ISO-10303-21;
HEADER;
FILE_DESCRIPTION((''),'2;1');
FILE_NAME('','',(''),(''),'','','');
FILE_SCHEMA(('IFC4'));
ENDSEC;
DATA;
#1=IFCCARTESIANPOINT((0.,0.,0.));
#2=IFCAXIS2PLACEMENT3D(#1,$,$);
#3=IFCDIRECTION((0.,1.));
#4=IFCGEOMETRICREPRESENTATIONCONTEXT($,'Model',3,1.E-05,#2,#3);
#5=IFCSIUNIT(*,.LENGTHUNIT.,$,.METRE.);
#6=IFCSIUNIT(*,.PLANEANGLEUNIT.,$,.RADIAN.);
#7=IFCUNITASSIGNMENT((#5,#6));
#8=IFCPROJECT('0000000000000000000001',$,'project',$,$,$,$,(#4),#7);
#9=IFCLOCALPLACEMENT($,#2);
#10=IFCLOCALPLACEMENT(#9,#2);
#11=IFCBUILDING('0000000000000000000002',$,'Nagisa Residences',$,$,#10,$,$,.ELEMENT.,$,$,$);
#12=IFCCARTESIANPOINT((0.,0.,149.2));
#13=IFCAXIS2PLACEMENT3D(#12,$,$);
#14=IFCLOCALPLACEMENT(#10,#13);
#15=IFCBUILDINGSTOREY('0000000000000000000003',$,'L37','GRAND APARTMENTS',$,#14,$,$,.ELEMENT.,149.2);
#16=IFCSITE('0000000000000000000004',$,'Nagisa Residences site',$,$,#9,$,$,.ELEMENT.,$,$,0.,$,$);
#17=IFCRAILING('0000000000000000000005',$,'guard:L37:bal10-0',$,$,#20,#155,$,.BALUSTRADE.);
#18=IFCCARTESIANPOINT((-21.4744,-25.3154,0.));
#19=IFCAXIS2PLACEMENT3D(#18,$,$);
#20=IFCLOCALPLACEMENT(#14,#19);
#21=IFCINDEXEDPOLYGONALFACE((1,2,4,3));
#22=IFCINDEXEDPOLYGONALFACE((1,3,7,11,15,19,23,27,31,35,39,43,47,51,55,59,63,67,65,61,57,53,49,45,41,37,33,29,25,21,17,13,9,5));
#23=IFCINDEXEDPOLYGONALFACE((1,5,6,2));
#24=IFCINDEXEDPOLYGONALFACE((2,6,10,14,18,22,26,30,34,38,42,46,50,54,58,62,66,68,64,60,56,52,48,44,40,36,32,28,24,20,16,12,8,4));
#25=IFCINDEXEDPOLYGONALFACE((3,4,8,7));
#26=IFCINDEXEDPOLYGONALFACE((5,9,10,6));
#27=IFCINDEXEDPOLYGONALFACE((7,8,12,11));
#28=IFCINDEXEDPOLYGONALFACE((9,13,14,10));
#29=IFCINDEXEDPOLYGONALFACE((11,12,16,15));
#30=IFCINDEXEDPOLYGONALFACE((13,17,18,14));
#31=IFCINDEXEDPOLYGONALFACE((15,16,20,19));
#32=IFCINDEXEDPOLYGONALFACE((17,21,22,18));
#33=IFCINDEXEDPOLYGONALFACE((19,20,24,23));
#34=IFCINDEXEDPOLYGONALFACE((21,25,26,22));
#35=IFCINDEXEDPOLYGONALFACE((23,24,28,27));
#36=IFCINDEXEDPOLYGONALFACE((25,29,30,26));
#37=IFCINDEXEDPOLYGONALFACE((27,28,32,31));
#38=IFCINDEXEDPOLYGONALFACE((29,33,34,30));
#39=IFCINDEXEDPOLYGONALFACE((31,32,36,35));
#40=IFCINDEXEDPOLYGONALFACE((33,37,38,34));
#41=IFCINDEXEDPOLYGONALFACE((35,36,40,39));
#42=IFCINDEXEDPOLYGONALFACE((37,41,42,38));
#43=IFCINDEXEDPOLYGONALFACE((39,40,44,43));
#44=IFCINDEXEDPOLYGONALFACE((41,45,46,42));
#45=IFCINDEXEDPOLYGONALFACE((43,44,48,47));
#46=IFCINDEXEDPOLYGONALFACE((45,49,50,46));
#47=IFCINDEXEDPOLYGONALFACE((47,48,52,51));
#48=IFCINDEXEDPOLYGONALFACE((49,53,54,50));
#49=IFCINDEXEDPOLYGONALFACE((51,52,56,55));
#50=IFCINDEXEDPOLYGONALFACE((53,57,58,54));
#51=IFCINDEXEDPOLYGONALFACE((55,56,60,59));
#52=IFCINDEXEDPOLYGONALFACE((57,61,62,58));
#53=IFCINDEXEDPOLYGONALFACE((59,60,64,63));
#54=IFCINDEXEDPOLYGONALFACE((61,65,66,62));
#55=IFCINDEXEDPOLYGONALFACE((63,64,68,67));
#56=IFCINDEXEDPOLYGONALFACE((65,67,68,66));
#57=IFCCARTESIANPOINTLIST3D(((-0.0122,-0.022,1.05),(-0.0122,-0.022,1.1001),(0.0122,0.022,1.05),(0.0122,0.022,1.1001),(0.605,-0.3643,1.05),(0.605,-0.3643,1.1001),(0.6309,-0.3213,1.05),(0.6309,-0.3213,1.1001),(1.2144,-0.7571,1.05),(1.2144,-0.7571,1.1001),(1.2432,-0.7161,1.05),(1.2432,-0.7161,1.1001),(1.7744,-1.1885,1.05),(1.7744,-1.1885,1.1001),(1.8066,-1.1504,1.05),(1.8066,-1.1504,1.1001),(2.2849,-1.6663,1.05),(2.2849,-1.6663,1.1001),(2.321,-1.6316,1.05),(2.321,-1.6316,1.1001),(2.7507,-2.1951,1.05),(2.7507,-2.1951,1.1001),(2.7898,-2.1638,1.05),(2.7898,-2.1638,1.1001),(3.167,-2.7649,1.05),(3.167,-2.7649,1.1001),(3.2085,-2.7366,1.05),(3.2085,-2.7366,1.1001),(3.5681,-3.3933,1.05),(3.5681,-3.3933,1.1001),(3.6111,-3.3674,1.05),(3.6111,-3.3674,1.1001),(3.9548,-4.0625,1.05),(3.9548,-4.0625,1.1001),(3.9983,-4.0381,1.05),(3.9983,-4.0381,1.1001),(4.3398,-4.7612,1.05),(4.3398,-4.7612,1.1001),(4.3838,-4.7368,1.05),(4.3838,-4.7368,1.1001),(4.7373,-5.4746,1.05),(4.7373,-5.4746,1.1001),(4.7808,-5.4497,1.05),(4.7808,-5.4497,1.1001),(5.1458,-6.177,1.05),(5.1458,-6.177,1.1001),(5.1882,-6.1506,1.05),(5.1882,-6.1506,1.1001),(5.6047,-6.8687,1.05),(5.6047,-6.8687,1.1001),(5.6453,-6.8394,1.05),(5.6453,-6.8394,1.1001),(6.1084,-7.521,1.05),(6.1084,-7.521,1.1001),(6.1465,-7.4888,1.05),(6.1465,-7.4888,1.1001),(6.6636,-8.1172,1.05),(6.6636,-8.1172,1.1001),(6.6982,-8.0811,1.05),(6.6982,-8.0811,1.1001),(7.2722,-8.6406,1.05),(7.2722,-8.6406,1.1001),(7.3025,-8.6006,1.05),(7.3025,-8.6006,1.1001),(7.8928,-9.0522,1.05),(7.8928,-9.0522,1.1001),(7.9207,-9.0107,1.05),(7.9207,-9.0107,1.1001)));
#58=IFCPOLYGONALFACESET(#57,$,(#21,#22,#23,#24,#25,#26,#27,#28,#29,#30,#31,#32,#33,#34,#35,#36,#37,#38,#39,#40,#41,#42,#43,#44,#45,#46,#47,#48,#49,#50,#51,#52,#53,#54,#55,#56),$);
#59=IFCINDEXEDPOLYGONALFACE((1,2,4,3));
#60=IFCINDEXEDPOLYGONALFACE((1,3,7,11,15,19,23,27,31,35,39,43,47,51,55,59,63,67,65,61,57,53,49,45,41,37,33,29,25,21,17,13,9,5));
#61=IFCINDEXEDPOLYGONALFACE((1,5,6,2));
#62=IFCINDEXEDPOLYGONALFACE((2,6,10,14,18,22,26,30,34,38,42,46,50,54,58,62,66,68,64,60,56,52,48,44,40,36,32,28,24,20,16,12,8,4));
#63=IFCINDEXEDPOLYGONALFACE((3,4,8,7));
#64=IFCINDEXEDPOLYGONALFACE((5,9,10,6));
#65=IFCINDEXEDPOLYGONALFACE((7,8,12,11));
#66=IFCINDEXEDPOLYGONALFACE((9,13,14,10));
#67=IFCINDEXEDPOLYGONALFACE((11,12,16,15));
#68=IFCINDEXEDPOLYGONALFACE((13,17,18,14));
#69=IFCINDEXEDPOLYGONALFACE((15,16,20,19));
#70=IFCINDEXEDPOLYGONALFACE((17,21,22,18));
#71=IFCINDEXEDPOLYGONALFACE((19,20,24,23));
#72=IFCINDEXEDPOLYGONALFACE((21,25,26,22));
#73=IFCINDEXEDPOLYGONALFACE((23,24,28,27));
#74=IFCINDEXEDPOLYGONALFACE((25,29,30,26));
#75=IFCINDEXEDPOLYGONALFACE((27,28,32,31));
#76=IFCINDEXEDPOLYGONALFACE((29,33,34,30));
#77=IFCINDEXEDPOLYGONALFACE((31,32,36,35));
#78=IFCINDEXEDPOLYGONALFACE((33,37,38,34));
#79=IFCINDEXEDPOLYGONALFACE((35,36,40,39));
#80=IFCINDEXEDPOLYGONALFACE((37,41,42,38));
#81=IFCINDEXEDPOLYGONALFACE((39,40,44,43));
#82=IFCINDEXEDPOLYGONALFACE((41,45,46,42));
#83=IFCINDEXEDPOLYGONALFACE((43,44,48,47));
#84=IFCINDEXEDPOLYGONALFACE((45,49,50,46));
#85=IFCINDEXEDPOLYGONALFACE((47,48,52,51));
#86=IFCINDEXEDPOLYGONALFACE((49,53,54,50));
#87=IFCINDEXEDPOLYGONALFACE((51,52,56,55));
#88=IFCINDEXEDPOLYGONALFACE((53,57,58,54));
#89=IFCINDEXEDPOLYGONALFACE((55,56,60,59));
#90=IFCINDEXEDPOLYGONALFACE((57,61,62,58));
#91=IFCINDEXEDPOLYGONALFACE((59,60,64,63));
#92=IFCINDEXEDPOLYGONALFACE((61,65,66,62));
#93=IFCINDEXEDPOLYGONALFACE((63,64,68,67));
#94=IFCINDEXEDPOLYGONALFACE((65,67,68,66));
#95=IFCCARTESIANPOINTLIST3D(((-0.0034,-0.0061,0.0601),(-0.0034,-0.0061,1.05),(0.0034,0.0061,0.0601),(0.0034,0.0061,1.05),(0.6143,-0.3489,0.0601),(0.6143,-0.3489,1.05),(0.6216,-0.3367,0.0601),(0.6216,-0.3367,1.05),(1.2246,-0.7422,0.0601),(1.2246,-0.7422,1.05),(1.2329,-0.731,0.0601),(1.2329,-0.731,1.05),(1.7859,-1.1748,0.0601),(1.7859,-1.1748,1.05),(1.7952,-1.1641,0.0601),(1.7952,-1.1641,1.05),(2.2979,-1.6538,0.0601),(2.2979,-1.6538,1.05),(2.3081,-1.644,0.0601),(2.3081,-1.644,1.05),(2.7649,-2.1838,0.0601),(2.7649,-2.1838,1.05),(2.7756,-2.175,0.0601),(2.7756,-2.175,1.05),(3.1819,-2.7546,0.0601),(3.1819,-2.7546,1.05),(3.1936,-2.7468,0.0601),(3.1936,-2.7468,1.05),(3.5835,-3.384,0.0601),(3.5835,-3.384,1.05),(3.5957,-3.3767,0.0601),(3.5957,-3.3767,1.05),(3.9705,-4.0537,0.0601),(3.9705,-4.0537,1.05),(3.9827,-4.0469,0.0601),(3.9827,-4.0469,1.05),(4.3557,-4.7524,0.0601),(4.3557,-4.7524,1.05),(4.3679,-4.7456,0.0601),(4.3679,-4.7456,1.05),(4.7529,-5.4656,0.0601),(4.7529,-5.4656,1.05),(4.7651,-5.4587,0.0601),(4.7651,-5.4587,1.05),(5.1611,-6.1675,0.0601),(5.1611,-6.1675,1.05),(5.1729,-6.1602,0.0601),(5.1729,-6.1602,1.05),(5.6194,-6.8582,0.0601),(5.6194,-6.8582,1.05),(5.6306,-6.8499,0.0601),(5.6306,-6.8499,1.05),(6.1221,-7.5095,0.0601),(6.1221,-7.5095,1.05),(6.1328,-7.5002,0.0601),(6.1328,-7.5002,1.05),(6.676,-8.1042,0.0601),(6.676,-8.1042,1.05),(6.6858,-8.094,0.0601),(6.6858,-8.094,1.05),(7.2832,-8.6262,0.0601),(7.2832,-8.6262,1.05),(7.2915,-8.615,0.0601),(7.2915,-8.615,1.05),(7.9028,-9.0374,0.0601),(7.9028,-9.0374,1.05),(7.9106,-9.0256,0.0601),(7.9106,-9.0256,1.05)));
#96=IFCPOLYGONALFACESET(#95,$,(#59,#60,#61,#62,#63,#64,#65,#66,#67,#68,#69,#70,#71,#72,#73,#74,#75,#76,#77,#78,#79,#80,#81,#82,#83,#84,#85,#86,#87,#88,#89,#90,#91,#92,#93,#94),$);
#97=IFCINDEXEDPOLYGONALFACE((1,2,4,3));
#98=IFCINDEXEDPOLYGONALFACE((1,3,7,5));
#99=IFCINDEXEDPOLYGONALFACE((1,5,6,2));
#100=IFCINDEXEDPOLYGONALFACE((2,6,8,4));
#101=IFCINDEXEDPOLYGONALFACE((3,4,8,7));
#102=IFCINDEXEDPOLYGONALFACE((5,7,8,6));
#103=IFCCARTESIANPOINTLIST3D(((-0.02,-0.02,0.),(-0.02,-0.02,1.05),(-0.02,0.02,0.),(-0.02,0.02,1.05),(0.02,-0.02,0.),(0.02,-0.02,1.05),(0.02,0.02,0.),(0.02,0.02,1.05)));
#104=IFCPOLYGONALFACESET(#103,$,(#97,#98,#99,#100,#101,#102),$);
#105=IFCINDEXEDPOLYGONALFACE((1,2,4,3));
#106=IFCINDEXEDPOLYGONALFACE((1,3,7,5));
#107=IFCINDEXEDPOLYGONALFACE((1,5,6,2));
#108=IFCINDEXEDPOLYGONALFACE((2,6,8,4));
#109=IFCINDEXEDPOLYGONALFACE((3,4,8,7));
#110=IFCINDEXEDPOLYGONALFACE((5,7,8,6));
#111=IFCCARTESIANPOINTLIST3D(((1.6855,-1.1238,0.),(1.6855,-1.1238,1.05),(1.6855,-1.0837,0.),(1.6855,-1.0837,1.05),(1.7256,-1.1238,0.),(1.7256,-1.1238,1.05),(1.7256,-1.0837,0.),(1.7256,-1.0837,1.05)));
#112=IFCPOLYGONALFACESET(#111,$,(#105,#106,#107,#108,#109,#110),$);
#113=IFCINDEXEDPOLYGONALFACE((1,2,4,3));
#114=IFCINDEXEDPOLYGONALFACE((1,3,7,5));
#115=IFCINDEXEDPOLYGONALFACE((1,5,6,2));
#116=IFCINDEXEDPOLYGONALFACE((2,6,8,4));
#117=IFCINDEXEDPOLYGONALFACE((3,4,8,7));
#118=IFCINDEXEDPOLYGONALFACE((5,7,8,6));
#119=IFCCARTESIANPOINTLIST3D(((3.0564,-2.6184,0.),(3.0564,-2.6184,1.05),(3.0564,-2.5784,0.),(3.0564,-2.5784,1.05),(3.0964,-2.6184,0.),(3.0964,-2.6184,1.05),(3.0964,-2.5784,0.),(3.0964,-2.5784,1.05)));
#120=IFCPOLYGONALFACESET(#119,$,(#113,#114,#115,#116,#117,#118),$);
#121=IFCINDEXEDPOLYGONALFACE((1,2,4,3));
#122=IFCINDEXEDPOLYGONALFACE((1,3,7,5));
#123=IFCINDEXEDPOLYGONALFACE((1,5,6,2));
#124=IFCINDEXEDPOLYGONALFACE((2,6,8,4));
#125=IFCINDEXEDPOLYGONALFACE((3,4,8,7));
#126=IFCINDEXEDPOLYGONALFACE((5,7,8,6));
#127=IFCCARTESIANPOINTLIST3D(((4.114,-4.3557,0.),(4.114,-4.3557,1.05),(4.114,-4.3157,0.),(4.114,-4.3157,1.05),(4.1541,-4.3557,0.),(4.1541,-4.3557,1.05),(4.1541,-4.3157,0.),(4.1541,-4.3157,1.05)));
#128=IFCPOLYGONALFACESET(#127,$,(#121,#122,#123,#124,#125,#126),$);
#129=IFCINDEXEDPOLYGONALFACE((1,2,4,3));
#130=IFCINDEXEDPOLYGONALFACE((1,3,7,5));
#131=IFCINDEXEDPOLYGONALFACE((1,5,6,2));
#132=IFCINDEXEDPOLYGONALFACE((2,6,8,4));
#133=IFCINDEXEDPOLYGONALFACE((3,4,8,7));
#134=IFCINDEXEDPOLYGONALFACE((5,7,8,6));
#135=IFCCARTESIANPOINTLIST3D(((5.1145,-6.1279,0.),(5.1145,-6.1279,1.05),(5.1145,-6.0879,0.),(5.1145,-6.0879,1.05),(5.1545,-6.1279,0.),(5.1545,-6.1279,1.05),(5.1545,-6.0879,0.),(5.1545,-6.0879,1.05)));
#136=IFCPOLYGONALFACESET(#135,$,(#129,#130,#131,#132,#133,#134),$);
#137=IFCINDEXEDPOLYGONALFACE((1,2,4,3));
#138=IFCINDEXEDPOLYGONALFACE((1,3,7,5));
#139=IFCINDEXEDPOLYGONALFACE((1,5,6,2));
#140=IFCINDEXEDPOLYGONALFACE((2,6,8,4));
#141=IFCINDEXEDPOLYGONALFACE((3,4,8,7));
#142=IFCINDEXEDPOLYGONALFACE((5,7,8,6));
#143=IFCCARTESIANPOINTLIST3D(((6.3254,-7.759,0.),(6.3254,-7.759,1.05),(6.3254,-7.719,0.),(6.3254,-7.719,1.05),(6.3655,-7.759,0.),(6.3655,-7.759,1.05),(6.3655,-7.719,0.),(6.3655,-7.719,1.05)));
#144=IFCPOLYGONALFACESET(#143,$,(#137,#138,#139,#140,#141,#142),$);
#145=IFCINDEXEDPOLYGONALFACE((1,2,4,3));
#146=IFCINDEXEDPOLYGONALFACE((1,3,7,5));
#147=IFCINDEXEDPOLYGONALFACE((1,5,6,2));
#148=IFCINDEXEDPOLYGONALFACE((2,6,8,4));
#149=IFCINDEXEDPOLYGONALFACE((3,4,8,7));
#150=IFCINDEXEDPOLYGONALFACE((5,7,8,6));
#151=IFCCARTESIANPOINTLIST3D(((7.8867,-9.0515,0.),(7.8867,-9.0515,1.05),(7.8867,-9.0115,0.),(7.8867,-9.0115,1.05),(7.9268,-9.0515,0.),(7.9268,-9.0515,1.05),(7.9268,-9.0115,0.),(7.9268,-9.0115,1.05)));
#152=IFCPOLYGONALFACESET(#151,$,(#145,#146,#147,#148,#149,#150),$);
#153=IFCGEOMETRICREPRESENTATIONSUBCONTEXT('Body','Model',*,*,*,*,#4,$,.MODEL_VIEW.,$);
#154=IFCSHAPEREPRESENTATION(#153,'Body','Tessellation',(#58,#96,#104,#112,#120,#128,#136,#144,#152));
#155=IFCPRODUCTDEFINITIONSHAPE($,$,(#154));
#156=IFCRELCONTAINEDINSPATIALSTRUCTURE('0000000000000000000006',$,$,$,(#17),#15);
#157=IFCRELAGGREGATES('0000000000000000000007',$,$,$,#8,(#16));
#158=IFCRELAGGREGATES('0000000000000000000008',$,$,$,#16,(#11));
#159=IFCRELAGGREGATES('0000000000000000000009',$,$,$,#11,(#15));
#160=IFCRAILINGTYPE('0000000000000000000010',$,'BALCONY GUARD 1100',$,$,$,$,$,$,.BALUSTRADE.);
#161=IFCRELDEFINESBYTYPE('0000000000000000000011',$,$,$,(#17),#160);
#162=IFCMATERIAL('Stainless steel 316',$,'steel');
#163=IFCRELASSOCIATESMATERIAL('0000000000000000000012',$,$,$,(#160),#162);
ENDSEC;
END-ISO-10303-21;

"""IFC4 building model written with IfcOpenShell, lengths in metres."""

from ifc_helpers import new_model, si_unit, direction, frame, origin, origin_2d, place, context, subcontext, project, spatial, polyline, rectangle, outline, extrude, material, type_object, element, save


model = new_model("IFC4")

# Units and contexts
model_context = context("Model", 3, precision=1e-05, world=origin(), true_north=direction((0.0, 1.0)))
body_context = subcontext(model_context, "Body", "Model", "MODEL_VIEW")
ifc_project = project(units=[si_unit("LENGTHUNIT", "METRE"), si_unit("PLANEANGLEUNIT", "RADIAN")], contexts=[model_context])

# Site, building, storey
site_placement = place(None, origin())
site = spatial("IfcSite", under=ifc_project, at=site_placement, Name="Nagisa Residences site", CompositionType="ELEMENT", RefElevation=0.0)
building_placement = place(site_placement, origin())
building = spatial("IfcBuilding", under=site, at=building_placement, Name="Nagisa Residences", CompositionType="ELEMENT")
storey_placement = place(building_placement, frame((0.0, 0.0, 149.2)))
storey = spatial("IfcBuildingStorey", under=building, at=storey_placement, Name="L37", Description="GRAND APARTMENTS", CompositionType="ELEMENT", Elevation=149.2)

# Railing
ifc_material_1 = material(Name="Stainless steel 316", Category="steel")
railing_type = type_object("IfcRailingType", Name="BALCONY GUARD 1100", PredefinedType="BALUSTRADE", material=ifc_material_1)
railing_1_placement = place(storey_placement, frame((-21.4744, -25.3154, 0.0)))
element("IfcRailing", 1, at=railing_1_placement, inside=storey, type_object=railing_type, Name="guard:L37:bal10-0", PredefinedType="BALUSTRADE", context=body_context, shape_type="SweptSolid", body=[
    extrude(outline(polyline([(0.6309, -0.3213), (0.0122, 0.022), (-0.0122, -0.022), (0.605, -0.3643), (1.2144, -0.7571), (1.7744, -1.1885), (2.2849, -1.6663), (2.7507, -2.1951), (3.167, -2.7649), (3.5681, -3.3933), (3.9548, -4.0625), (4.3398, -4.7612), (4.7373, -5.4746), (5.1458, -6.177), (5.6047, -6.8687), (6.1084, -7.521), (6.6636, -8.1172), (7.2722, -8.6406), (7.8928, -9.0522), (7.9207, -9.0107), (7.3025, -8.6006), (6.6982, -8.0811), (6.1465, -7.4888), (5.6453, -6.8394), (5.1882, -6.1506), (4.7808, -5.4497), (4.3838, -4.7368), (3.9983, -4.0381), (3.6111, -3.3674), (3.2085, -2.7366), (2.7898, -2.1638), (2.321, -1.6316), (1.8066, -1.1504), (1.2432, -0.7161), (0.6309, -0.3213)])), frame((0.0, 0.0, 1.05)), (0.0, 0.0, 1.0), 0.05),
    extrude(outline(polyline([(0.6216, -0.3367), (0.0034, 0.0061), (-0.0034, -0.0061), (0.6143, -0.3489), (1.2246, -0.7422), (1.7859, -1.1748), (2.2979, -1.6538), (2.7649, -2.1838), (3.1819, -2.7546), (3.5835, -3.384), (3.9705, -4.0537), (4.3557, -4.7524), (4.7529, -5.4656), (5.1611, -6.1675), (5.6194, -6.8582), (6.1221, -7.5095), (6.676, -8.1042), (7.2832, -8.6262), (7.9028, -9.0374), (7.9106, -9.0256), (7.2915, -8.615), (6.6858, -8.094), (6.1328, -7.5002), (5.6306, -6.8499), (5.1729, -6.1602), (4.7651, -5.4587), (4.3679, -4.7456), (3.9827, -4.0469), (3.5957, -3.3767), (3.1936, -2.7468), (2.7756, -2.175), (2.3081, -1.644), (1.7952, -1.1641), (1.2329, -0.731), (0.6216, -0.3367)])), frame((0.0, 0.0, 0.0601)), (0.0, 0.0, 1.0), 0.99),
    extrude(rectangle(XDim=0.04, YDim=0.04, at=origin_2d()), origin(), (0.0, 0.0, 1.0), 1.05),
    extrude(rectangle(XDim=0.04, YDim=0.04, at=origin_2d()), frame((1.7056, -1.1038, 0.0)), (0.0, 0.0, 1.0), 1.05),
    extrude(rectangle(XDim=0.04, YDim=0.04, at=origin_2d()), frame((3.0764, -2.5984, 0.0)), (0.0, 0.0, 1.0), 1.05),
    extrude(rectangle(XDim=0.04, YDim=0.04, at=origin_2d()), frame((4.134, -4.3357, 0.0)), (0.0, 0.0, 1.0), 1.05),
    extrude(rectangle(XDim=0.04, YDim=0.04, at=origin_2d()), frame((5.1345, -6.1079, 0.0)), (0.0, 0.0, 1.0), 1.05),
    extrude(rectangle(XDim=0.04, YDim=0.04, at=origin_2d()), frame((6.3455, -7.739, 0.0)), (0.0, 0.0, 1.0), 1.05),
    extrude(rectangle(XDim=0.04, YDim=0.04, at=origin_2d()), frame((7.9067, -9.0315, 0.0)), (0.0, 0.0, 1.0), 1.05),
])

save(model, "model.ifc")
